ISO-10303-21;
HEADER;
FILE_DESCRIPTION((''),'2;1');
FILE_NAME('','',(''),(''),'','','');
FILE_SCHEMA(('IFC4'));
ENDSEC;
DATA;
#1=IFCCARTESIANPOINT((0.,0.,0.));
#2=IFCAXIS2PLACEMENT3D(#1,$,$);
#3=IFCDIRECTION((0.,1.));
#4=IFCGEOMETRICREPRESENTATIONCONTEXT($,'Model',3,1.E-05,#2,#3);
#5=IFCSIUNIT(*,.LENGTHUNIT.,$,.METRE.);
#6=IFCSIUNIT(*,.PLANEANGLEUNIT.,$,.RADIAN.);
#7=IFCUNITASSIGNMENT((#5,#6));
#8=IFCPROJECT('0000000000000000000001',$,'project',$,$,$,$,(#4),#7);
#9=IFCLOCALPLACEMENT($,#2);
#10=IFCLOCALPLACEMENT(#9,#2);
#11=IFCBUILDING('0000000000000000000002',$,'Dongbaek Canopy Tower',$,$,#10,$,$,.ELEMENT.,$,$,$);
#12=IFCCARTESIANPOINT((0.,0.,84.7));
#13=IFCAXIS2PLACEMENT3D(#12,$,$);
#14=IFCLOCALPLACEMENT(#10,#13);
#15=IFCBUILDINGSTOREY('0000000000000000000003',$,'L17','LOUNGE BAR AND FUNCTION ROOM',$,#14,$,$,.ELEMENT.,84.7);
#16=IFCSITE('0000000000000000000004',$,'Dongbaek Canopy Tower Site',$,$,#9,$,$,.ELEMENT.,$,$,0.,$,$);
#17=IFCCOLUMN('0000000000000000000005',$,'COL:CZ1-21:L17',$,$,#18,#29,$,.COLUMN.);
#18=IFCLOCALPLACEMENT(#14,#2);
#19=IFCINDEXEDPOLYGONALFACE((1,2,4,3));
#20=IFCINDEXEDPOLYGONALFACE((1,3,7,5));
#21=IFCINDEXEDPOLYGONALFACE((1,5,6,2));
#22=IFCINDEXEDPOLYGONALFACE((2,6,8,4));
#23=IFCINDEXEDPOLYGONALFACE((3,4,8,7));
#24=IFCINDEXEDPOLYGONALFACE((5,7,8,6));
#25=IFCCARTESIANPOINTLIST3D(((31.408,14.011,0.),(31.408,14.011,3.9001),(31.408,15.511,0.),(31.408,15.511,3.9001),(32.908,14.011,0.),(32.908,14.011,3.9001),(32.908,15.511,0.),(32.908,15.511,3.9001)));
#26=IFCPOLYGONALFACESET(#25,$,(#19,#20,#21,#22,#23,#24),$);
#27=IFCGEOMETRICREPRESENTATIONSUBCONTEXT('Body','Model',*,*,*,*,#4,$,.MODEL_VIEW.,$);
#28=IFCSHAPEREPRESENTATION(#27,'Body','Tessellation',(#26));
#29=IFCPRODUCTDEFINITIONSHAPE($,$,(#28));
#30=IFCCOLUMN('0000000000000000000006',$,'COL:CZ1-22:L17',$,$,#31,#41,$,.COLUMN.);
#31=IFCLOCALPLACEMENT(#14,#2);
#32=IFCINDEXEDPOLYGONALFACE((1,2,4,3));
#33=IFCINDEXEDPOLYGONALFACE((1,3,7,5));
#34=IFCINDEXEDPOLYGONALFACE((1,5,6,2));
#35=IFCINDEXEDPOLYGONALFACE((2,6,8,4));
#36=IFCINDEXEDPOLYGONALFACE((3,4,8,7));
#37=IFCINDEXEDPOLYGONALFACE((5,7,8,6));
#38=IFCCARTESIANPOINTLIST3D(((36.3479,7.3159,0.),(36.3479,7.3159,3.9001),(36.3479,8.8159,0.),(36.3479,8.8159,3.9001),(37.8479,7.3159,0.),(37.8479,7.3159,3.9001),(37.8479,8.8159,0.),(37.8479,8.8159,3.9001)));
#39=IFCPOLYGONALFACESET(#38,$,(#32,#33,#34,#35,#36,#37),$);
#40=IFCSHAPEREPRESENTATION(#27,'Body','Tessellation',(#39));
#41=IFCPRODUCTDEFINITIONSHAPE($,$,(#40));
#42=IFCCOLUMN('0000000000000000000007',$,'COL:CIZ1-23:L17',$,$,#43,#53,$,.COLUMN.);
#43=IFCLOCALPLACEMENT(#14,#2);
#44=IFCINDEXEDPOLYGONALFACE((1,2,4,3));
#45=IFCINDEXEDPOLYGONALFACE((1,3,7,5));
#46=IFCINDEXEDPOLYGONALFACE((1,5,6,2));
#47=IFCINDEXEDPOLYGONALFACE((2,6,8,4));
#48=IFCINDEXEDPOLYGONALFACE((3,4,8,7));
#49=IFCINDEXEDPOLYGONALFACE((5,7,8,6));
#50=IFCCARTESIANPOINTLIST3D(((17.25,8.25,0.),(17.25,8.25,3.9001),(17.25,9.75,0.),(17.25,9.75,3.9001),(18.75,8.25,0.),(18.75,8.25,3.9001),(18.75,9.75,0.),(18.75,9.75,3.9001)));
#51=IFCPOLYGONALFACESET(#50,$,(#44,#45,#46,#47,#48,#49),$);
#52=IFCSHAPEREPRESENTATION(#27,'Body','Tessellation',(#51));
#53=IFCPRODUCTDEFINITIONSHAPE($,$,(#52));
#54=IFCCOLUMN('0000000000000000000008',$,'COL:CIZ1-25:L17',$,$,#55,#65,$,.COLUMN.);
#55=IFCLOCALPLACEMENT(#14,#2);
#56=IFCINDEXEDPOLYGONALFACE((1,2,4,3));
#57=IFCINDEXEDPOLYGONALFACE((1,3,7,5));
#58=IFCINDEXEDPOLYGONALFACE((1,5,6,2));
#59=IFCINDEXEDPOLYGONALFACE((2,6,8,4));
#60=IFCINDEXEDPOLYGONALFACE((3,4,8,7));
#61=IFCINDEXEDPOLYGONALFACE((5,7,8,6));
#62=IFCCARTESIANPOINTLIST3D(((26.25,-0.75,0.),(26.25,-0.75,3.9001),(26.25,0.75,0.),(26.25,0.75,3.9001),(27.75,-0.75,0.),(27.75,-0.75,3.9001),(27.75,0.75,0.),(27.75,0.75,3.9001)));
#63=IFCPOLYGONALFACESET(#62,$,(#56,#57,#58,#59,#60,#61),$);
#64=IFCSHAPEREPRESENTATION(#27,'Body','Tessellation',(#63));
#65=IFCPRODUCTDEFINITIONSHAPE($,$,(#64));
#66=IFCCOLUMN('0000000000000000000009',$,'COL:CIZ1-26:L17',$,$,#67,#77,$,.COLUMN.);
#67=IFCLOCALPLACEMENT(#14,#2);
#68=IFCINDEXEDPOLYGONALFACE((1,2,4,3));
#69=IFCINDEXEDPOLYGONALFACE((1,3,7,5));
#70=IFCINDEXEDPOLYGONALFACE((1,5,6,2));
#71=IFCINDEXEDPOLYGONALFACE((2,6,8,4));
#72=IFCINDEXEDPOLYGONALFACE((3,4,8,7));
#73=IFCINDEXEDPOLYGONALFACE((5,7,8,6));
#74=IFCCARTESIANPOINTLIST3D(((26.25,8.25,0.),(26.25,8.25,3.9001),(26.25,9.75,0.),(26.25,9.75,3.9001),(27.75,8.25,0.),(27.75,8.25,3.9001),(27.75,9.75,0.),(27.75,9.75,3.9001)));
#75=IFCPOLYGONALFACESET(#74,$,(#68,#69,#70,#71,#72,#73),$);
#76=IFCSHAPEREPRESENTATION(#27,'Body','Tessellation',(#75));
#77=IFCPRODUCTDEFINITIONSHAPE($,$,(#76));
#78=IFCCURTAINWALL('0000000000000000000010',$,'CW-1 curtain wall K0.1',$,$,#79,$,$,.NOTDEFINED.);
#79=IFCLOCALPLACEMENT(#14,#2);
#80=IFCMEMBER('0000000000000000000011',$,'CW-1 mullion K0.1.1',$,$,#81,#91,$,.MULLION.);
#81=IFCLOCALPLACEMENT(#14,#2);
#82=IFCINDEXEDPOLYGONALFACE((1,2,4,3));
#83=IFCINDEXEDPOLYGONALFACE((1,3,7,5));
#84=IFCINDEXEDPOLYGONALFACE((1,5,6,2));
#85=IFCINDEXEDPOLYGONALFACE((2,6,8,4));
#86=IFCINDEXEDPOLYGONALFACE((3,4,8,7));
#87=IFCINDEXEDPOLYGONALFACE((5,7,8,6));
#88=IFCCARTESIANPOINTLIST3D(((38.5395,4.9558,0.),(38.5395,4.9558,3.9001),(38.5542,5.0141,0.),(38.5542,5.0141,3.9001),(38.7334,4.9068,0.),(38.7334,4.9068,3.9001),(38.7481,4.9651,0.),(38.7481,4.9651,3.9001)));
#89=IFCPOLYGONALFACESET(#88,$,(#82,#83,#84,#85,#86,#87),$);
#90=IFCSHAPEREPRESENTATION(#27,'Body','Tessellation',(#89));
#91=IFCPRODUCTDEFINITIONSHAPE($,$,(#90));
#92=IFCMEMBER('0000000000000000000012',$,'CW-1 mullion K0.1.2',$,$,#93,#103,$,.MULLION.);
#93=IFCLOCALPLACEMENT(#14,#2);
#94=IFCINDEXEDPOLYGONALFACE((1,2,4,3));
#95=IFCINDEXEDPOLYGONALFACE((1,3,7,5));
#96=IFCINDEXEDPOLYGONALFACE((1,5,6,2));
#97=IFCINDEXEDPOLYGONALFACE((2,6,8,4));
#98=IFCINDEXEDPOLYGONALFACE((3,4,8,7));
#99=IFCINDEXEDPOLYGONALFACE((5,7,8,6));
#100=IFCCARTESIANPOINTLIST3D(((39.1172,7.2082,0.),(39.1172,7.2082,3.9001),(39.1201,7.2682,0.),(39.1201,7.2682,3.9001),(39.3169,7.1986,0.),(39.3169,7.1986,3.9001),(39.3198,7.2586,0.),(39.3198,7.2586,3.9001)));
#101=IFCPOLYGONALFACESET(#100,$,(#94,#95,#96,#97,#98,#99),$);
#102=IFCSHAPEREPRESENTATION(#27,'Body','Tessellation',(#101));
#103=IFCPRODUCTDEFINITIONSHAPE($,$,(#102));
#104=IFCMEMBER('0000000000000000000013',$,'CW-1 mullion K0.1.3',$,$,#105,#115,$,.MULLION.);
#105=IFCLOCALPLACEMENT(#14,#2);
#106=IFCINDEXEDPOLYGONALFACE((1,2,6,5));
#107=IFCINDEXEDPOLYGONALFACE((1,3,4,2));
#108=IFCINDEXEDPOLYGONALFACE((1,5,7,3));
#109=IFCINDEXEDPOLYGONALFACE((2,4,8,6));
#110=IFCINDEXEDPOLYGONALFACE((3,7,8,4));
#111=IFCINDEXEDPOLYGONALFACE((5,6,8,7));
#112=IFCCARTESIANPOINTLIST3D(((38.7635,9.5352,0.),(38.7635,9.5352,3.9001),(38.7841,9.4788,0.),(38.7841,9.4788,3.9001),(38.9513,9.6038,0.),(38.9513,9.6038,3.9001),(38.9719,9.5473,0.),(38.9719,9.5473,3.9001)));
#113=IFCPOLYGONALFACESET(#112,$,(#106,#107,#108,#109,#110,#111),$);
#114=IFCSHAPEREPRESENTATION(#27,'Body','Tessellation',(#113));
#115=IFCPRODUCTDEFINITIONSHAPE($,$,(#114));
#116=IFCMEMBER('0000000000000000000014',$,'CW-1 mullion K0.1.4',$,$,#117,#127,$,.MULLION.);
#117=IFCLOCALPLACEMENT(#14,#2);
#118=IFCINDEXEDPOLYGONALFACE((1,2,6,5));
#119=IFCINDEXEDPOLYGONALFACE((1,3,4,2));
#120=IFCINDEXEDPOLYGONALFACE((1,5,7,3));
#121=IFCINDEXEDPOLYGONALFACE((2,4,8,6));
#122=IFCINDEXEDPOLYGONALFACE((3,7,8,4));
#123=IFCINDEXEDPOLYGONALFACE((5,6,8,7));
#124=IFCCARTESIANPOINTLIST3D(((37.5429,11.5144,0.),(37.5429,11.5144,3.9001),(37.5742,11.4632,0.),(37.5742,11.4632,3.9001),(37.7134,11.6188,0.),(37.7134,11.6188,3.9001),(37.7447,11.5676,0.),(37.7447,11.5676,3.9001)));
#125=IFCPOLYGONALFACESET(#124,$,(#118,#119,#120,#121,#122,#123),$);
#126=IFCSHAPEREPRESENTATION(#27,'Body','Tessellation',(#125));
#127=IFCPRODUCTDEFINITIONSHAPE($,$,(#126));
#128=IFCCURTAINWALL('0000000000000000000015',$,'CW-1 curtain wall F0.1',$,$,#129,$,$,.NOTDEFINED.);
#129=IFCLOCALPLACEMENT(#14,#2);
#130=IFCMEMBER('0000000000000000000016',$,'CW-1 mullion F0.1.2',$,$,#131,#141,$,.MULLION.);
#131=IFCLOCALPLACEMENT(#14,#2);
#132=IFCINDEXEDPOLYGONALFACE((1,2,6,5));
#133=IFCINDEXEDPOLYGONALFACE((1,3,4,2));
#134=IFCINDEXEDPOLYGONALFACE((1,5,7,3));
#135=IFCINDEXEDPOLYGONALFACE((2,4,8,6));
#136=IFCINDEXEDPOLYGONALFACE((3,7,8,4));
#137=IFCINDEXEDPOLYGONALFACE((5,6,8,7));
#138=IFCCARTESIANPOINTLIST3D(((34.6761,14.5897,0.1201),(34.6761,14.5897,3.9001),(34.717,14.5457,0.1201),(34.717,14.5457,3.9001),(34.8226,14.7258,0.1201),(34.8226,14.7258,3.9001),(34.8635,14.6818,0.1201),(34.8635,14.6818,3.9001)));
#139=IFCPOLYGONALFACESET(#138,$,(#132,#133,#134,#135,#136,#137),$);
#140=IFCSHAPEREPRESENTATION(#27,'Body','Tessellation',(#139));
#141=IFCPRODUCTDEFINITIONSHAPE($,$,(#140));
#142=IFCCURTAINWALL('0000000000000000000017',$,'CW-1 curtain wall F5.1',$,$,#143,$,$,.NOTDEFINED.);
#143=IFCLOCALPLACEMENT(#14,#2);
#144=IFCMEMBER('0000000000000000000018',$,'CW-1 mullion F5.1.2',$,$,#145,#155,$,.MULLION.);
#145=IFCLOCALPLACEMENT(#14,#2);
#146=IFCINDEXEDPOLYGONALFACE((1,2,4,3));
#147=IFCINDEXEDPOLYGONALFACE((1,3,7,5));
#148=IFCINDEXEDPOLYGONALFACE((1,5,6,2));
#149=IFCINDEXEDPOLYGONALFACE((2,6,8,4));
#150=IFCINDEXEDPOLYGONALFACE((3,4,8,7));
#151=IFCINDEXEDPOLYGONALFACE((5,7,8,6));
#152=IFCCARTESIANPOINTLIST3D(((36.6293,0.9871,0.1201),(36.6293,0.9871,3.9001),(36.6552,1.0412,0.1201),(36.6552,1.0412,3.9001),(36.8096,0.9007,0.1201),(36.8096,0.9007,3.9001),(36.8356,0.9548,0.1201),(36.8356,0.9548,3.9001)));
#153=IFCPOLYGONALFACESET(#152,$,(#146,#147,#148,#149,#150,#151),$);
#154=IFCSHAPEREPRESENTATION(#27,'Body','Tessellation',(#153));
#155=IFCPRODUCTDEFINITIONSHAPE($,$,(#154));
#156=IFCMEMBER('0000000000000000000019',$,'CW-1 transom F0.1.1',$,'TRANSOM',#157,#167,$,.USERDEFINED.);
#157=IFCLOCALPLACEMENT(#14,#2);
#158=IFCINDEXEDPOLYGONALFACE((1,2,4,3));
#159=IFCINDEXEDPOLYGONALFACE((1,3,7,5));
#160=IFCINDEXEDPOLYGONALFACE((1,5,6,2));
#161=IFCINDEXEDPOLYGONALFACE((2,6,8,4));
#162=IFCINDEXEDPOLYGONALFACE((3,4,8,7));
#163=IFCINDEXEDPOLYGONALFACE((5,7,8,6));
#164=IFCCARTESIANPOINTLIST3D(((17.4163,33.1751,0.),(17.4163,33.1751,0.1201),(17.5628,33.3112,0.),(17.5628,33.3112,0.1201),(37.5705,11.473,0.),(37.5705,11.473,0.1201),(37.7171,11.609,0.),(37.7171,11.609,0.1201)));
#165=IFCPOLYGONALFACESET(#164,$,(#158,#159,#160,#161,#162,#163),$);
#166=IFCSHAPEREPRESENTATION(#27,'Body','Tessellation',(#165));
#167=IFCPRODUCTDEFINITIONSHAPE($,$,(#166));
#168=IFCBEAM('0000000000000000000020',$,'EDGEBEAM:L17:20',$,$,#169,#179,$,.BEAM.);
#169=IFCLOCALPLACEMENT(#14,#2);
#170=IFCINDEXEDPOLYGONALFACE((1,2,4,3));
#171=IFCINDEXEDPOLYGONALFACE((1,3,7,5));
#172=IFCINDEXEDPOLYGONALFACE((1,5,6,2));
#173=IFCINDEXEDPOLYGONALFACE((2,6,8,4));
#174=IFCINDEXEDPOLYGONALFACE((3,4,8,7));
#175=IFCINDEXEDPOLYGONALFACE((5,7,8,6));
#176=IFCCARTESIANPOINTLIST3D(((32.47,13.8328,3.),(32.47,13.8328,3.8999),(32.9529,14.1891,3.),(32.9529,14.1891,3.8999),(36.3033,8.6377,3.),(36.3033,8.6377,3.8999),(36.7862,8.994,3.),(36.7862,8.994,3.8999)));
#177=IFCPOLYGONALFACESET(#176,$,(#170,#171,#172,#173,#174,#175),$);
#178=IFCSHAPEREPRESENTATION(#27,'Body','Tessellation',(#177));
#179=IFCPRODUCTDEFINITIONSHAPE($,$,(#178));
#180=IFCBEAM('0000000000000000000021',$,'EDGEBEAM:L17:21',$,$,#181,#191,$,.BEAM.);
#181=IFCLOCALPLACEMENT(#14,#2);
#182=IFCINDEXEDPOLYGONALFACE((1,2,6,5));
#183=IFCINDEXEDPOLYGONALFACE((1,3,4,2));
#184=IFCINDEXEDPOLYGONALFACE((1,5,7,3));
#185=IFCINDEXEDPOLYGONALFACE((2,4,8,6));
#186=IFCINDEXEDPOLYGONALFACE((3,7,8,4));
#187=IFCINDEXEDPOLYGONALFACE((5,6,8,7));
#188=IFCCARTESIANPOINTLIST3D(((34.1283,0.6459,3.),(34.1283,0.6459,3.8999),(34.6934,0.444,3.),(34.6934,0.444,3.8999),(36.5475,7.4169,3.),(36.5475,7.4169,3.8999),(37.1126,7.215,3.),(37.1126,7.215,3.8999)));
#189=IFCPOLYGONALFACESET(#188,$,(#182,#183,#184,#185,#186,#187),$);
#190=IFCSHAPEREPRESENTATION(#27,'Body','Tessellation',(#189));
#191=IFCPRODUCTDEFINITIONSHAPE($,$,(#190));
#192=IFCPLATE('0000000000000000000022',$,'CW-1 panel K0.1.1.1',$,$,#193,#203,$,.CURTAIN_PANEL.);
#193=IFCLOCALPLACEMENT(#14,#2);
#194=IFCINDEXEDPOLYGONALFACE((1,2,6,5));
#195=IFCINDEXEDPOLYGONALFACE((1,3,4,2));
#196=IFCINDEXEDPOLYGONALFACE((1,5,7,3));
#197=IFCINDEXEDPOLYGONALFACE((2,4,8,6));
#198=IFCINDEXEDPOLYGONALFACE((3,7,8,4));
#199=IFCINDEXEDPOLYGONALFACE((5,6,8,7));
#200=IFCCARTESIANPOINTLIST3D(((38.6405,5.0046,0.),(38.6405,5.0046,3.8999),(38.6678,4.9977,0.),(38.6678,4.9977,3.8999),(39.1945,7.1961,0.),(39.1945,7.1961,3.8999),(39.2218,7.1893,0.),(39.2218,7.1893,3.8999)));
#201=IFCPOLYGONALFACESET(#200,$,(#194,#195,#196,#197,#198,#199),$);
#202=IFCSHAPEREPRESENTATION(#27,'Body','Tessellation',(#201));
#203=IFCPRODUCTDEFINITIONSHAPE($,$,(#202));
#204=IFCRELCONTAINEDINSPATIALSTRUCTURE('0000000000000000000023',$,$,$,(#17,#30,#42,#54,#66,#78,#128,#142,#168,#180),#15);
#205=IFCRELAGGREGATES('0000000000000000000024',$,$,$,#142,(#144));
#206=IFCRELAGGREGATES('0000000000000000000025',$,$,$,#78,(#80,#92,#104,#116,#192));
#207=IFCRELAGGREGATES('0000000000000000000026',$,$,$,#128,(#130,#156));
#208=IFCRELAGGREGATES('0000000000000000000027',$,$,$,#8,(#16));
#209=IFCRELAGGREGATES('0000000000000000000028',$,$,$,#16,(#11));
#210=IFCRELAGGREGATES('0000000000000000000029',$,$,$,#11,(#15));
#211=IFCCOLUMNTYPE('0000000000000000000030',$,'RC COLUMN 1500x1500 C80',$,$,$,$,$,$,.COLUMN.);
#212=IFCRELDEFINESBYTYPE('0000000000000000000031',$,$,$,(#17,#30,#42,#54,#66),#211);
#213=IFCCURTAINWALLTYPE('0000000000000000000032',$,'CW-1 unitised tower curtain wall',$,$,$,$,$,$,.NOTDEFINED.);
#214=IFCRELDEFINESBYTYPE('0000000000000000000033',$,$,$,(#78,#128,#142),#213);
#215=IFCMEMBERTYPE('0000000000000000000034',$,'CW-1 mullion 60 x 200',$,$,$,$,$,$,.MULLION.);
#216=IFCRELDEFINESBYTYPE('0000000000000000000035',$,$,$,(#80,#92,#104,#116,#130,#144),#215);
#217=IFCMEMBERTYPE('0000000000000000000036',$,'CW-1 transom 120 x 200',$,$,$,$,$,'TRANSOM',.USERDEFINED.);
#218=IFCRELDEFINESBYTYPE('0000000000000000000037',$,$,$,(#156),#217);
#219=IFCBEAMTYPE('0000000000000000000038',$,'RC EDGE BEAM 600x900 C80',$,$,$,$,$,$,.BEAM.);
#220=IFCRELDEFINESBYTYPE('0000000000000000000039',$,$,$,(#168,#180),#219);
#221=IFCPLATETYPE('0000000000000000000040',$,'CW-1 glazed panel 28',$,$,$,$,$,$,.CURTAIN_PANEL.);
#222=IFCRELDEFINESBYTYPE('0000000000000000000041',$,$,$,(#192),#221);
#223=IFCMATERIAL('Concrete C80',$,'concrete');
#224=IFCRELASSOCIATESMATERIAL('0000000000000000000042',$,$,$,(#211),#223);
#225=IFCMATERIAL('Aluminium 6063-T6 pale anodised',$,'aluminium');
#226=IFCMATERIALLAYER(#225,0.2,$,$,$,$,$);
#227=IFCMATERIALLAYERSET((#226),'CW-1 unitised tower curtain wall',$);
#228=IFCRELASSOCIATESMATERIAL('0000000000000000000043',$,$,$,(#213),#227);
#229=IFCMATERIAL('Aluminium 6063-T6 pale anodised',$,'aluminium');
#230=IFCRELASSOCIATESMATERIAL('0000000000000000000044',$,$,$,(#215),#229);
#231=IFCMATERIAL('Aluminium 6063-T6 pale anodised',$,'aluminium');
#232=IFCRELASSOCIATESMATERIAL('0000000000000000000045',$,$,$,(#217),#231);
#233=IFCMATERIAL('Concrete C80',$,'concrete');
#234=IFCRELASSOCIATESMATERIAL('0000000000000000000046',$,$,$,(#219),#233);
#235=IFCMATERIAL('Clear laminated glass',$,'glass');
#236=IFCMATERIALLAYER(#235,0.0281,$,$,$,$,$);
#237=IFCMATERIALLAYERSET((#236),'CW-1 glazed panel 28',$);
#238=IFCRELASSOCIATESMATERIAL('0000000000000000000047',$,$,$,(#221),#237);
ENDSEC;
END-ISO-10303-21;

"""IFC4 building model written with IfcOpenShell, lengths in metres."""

from ifc_helpers import new_model, si_unit, direction, frame, origin, origin_2d, place, context, subcontext, project, spatial, rectangle, extrude, material, layer, layer_set, material_profile, profile_set, type_object, element, aggregate, save


model = new_model("IFC4")

# Units and contexts
model_context = context("Model", 3, precision=1e-05, world=origin(), true_north=direction((0.0, 1.0)))
body_context = subcontext(model_context, "Body", "Model", "MODEL_VIEW")
ifc_project = project(units=[si_unit("LENGTHUNIT", "METRE"), si_unit("PLANEANGLEUNIT", "RADIAN")], contexts=[model_context])

# Site, building, storey
site_placement = place(None, origin())
site = spatial("IfcSite", under=ifc_project, at=site_placement, Name="Dongbaek Canopy Tower Site", CompositionType="ELEMENT", RefElevation=0.0)
building_placement = place(site_placement, origin())
building = spatial("IfcBuilding", under=site, at=building_placement, Name="Dongbaek Canopy Tower", CompositionType="ELEMENT")
storey_placement = place(building_placement, frame((0.0, 0.0, 84.7)))
storey = spatial("IfcBuildingStorey", under=building, at=storey_placement, Name="L17", Description="LOUNGE BAR AND FUNCTION ROOM", CompositionType="ELEMENT", Elevation=84.7)

# Columns
ifc_material_1 = material(Name="Concrete C80", Category="concrete")
ifc_material_profile_1 = material_profile(ifc_material_1, rectangle(XDim=1.5, YDim=1.5, at=origin_2d()), Name="RC COLUMN 1500x1500 C80")
ifc_profile_set_1 = profile_set([ifc_material_profile_1], Name="Concrete C80")
column_type = type_object("IfcColumnType", Name="RC COLUMN 1500x1500 C80", PredefinedType="COLUMN", material=ifc_profile_set_1)
for number, where, z_axis, x_axis, name in (
    (1, (32.158, 14.761, 0.0), (0.0, 0.0, 1.0), (1.0, 0.0, 0.0), "COL:CZ1-21:L17"),
    (2, (37.0979, 8.0659, 0.0), (0.0, 0.0, 1.0), (1.0, 0.0, 0.0), "COL:CZ1-22:L17"),
    (3, (18.0, 9.0, 0.0), (0.0, 0.0, 1.0), (1.0, 0.0, 0.0), "COL:CIZ1-23:L17"),
    (4, (27.0, 0.0, 0.0), (0.0, 0.0, 1.0), (1.0, 0.0, 0.0), "COL:CIZ1-25:L17"),
    (5, (27.0, 9.0, 0.0), (0.0, 0.0, 1.0), (1.0, 0.0, 0.0), "COL:CIZ1-26:L17"),
):
    element("IfcColumn", number, at=place(storey_placement, frame(where, z_axis=z_axis, x_axis=x_axis)), inside=storey, type_object=column_type, Name=name, PredefinedType="COLUMN", context=body_context, shape_type="SweptSolid", body=[
        extrude(rectangle(XDim=1.5, YDim=1.5, at=origin_2d()), origin(), (0.0, 0.0, 1.0), 3.9001),
    ])

# Curtain wall, members
ifc_material_2 = material(Name="Aluminium 6063-T6 pale anodised", Category="aluminium")
ifc_layer_1 = layer(ifc_material_2, 0.2)
ifc_layer_set_1 = layer_set([ifc_layer_1], Name="CW-1 unitised tower curtain wall")
curtain_wall_type = type_object("IfcCurtainWallType", Name="CW-1 unitised tower curtain wall", PredefinedType="NOTDEFINED", material=ifc_layer_set_1)
curtain_wall_1_placement = place(storey_placement, origin())
curtain_wall_1 = element("IfcCurtainWall", 6, at=curtain_wall_1_placement, inside=storey, type_object=curtain_wall_type, Name="CW-1 curtain wall K0.1", PredefinedType="NOTDEFINED")
ifc_material_3 = material(Name="Aluminium 6063-T6 pale anodised", Category="aluminium")
ifc_material_profile_2 = material_profile(ifc_material_3, rectangle(XDim=0.2, YDim=0.0601, at=origin_2d()), Name="CW-1 mullion 60 x 200")
ifc_profile_set_2 = profile_set([ifc_material_profile_2], Name="Aluminium 6063-T6 pale anodised")
member_type_1 = type_object("IfcMemberType", Name="CW-1 mullion 60 x 200", PredefinedType="MULLION", material=ifc_profile_set_2)
member_1_placement = place(storey_placement, frame((38.6438, 4.9604, 0.0), z_axis=(0.0, 0.0, 1.0), x_axis=(0.969502, -0.245084, 0.0)))
member_1 = element("IfcMember", 7, at=member_1_placement, type_object=member_type_1, Name="CW-1 mullion K0.1.1", PredefinedType="MULLION", context=body_context, shape_type="SweptSolid", body=[
    extrude(rectangle(XDim=0.2, YDim=0.0601, at=origin_2d()), origin(), (0.0, 0.0, 1.0), 3.9001),
])
member_2_placement = place(storey_placement, frame((39.2185, 7.2334, 0.0), z_axis=(0.0, 0.0, 1.0), x_axis=(0.998829, -0.048379, 0.0)))
member_2 = element("IfcMember", 8, at=member_2_placement, type_object=member_type_1, Name="CW-1 mullion K0.1.2", PredefinedType="MULLION", context=body_context, shape_type="SweptSolid", body=[
    extrude(rectangle(XDim=0.2, YDim=0.0601, at=origin_2d()), origin(), (0.0, 0.0, 1.0), 3.9001),
])
member_3_placement = place(storey_placement, frame((38.8677, 9.5413, 0.0), z_axis=(0.0, 0.0, 1.0), x_axis=(0.939366, 0.342917, 0.0)))
member_3 = element("IfcMember", 9, at=member_3_placement, type_object=member_type_1, Name="CW-1 mullion K0.1.3", PredefinedType="MULLION", context=body_context, shape_type="SweptSolid", body=[
    extrude(rectangle(XDim=0.2, YDim=0.0601, at=origin_2d()), origin(), (0.0, 0.0, 1.0), 3.9001),
])
member_4_placement = place(storey_placement, frame((37.6438, 11.541, 0.0), z_axis=(0.0, 0.0, 1.0), x_axis=(0.852927, 0.52203, 0.0)))
member_4 = element("IfcMember", 10, at=member_4_placement, type_object=member_type_1, Name="CW-1 mullion K0.1.4", PredefinedType="MULLION", context=body_context, shape_type="SweptSolid", body=[
    extrude(rectangle(XDim=0.2, YDim=0.0601, at=origin_2d()), origin(), (0.0, 0.0, 1.0), 3.9001),
])

# Curtain walls, members
curtain_wall_2_placement = place(storey_placement, origin())
curtain_wall_2 = element("IfcCurtainWall", 11, at=curtain_wall_2_placement, inside=storey, type_object=curtain_wall_type, Name="CW-1 curtain wall F0.1", PredefinedType="NOTDEFINED")
member_5_placement = place(storey_placement, frame((34.7698, 14.6357, 0.1201), z_axis=(0.0, 0.0, 1.0), x_axis=(0.732753, 0.680495, 0.0)))
member_5 = element("IfcMember", 12, at=member_5_placement, type_object=member_type_1, Name="CW-1 mullion F0.1.2", PredefinedType="MULLION", context=body_context, shape_type="SweptSolid", body=[
    extrude(rectangle(XDim=0.2, YDim=0.0601, at=origin_2d()), origin(), (0.0, 0.0, 1.0), 3.78),
])
curtain_wall_3_placement = place(storey_placement, origin())
curtain_wall_3 = element("IfcCurtainWall", 13, at=curtain_wall_3_placement, inside=storey, type_object=curtain_wall_type, Name="CW-1 curtain wall F5.1", PredefinedType="NOTDEFINED")
member_6_placement = place(storey_placement, frame((36.7324, 0.9709, 0.1201), z_axis=(0.0, 0.0, 1.0), x_axis=(0.901828, -0.432096, 0.0)))
member_6 = element("IfcMember", 14, at=member_6_placement, type_object=member_type_1, Name="CW-1 mullion F5.1.2", PredefinedType="MULLION", context=body_context, shape_type="SweptSolid", body=[
    extrude(rectangle(XDim=0.2, YDim=0.0601, at=origin_2d()), origin(), (0.0, 0.0, 1.0), 3.78),
])

# Member
ifc_material_4 = material(Name="Aluminium 6063-T6 pale anodised", Category="aluminium")
ifc_material_profile_3 = material_profile(ifc_material_4, rectangle(XDim=0.2, YDim=0.1201, at=origin_2d()), Name="CW-1 transom 120 x 200")
ifc_profile_set_3 = profile_set([ifc_material_profile_3], Name="Aluminium 6063-T6 pale anodised")
member_type_2 = type_object("IfcMemberType", Name="CW-1 transom 120 x 200", ElementType="TRANSOM", PredefinedType="USERDEFINED", material=ifc_profile_set_3)
member_7_placement = place(storey_placement, frame((37.6438, 11.541, 0.0601), z_axis=(-0.680493, 0.732755, 0.0), x_axis=(-0.732755, -0.680493, 0.0)))
member_7 = element("IfcMember", 15, at=member_7_placement, type_object=member_type_2, Name="CW-1 transom F0.1.1", ObjectType="TRANSOM", PredefinedType="USERDEFINED", context=body_context, shape_type="SweptSolid", body=[
    extrude(rectangle(XDim=0.2, YDim=0.1201, at=origin_2d()), origin(), (0.0, 0.0, 1.0), 29.6172),
])

# Beams
ifc_material_5 = material(Name="Concrete C80", Category="concrete")
ifc_material_profile_4 = material_profile(ifc_material_5, rectangle(XDim=0.6001, YDim=0.8999, at=origin_2d()), Name="RC EDGE BEAM 600x900 C80")
ifc_profile_set_4 = profile_set([ifc_material_profile_4], Name="Concrete C80")
beam_type = type_object("IfcBeamType", Name="RC EDGE BEAM 600x900 C80", PredefinedType="BEAM", material=ifc_profile_set_4)
beam_1_placement = place(storey_placement, frame((32.7114, 14.011, 3.45), z_axis=(0.593732, -0.804663, 0.0), x_axis=(0.804663, 0.593732, 0.0)))
element("IfcBeam", 16, at=beam_1_placement, inside=storey, type_object=beam_type, Name="EDGEBEAM:L17:20", PredefinedType="BEAM", context=body_context, shape_type="SweptSolid", body=[
    extrude(rectangle(XDim=0.6001, YDim=0.8999, at=origin_2d()), origin(), (0.0, 0.0, 1.0), 6.4563),
])
beam_2_placement = place(storey_placement, frame((36.8301, 7.3159, 3.45), z_axis=(-0.336457, -0.941699, 0.0), x_axis=(0.941699, -0.336457, 0.0)))
element("IfcBeam", 17, at=beam_2_placement, inside=storey, type_object=beam_type, Name="EDGEBEAM:L17:21", PredefinedType="BEAM", context=body_context, shape_type="SweptSolid", body=[
    extrude(rectangle(XDim=0.6001, YDim=0.8999, at=origin_2d()), origin(), (0.0, 0.0, 1.0), 7.1902),
])

# Plate
ifc_material_6 = material(Name="Clear laminated glass", Category="glass")
ifc_layer_2 = layer(ifc_material_6, 0.0281)
ifc_layer_set_2 = layer_set([ifc_layer_2], Name="CW-1 glazed panel 28")
plate_type = type_object("IfcPlateType", Name="CW-1 glazed panel 28", PredefinedType="CURTAIN_PANEL", material=ifc_layer_set_2)
plate_1_placement = place(storey_placement, frame((38.9312, 6.0969, 0.0), z_axis=(0.0, 0.0, 1.0), x_axis=(0.245084, 0.969502, 0.0)))
plate_1 = element("IfcPlate", 18, at=plate_1_placement, type_object=plate_type, Name="CW-1 panel K0.1.1.1", PredefinedType="CURTAIN_PANEL", context=body_context, shape_type="SweptSolid", body=[
    extrude(rectangle(XDim=2.2605, YDim=0.0281, at=origin_2d()), origin(), (0.0, 0.0, 1.0), 3.8999),
])

aggregate(curtain_wall_3, [member_6])
aggregate(curtain_wall_1, [member_1, member_2, member_3, member_4, plate_1])
aggregate(curtain_wall_2, [member_5, member_7])

save(model, "model.ifc")
